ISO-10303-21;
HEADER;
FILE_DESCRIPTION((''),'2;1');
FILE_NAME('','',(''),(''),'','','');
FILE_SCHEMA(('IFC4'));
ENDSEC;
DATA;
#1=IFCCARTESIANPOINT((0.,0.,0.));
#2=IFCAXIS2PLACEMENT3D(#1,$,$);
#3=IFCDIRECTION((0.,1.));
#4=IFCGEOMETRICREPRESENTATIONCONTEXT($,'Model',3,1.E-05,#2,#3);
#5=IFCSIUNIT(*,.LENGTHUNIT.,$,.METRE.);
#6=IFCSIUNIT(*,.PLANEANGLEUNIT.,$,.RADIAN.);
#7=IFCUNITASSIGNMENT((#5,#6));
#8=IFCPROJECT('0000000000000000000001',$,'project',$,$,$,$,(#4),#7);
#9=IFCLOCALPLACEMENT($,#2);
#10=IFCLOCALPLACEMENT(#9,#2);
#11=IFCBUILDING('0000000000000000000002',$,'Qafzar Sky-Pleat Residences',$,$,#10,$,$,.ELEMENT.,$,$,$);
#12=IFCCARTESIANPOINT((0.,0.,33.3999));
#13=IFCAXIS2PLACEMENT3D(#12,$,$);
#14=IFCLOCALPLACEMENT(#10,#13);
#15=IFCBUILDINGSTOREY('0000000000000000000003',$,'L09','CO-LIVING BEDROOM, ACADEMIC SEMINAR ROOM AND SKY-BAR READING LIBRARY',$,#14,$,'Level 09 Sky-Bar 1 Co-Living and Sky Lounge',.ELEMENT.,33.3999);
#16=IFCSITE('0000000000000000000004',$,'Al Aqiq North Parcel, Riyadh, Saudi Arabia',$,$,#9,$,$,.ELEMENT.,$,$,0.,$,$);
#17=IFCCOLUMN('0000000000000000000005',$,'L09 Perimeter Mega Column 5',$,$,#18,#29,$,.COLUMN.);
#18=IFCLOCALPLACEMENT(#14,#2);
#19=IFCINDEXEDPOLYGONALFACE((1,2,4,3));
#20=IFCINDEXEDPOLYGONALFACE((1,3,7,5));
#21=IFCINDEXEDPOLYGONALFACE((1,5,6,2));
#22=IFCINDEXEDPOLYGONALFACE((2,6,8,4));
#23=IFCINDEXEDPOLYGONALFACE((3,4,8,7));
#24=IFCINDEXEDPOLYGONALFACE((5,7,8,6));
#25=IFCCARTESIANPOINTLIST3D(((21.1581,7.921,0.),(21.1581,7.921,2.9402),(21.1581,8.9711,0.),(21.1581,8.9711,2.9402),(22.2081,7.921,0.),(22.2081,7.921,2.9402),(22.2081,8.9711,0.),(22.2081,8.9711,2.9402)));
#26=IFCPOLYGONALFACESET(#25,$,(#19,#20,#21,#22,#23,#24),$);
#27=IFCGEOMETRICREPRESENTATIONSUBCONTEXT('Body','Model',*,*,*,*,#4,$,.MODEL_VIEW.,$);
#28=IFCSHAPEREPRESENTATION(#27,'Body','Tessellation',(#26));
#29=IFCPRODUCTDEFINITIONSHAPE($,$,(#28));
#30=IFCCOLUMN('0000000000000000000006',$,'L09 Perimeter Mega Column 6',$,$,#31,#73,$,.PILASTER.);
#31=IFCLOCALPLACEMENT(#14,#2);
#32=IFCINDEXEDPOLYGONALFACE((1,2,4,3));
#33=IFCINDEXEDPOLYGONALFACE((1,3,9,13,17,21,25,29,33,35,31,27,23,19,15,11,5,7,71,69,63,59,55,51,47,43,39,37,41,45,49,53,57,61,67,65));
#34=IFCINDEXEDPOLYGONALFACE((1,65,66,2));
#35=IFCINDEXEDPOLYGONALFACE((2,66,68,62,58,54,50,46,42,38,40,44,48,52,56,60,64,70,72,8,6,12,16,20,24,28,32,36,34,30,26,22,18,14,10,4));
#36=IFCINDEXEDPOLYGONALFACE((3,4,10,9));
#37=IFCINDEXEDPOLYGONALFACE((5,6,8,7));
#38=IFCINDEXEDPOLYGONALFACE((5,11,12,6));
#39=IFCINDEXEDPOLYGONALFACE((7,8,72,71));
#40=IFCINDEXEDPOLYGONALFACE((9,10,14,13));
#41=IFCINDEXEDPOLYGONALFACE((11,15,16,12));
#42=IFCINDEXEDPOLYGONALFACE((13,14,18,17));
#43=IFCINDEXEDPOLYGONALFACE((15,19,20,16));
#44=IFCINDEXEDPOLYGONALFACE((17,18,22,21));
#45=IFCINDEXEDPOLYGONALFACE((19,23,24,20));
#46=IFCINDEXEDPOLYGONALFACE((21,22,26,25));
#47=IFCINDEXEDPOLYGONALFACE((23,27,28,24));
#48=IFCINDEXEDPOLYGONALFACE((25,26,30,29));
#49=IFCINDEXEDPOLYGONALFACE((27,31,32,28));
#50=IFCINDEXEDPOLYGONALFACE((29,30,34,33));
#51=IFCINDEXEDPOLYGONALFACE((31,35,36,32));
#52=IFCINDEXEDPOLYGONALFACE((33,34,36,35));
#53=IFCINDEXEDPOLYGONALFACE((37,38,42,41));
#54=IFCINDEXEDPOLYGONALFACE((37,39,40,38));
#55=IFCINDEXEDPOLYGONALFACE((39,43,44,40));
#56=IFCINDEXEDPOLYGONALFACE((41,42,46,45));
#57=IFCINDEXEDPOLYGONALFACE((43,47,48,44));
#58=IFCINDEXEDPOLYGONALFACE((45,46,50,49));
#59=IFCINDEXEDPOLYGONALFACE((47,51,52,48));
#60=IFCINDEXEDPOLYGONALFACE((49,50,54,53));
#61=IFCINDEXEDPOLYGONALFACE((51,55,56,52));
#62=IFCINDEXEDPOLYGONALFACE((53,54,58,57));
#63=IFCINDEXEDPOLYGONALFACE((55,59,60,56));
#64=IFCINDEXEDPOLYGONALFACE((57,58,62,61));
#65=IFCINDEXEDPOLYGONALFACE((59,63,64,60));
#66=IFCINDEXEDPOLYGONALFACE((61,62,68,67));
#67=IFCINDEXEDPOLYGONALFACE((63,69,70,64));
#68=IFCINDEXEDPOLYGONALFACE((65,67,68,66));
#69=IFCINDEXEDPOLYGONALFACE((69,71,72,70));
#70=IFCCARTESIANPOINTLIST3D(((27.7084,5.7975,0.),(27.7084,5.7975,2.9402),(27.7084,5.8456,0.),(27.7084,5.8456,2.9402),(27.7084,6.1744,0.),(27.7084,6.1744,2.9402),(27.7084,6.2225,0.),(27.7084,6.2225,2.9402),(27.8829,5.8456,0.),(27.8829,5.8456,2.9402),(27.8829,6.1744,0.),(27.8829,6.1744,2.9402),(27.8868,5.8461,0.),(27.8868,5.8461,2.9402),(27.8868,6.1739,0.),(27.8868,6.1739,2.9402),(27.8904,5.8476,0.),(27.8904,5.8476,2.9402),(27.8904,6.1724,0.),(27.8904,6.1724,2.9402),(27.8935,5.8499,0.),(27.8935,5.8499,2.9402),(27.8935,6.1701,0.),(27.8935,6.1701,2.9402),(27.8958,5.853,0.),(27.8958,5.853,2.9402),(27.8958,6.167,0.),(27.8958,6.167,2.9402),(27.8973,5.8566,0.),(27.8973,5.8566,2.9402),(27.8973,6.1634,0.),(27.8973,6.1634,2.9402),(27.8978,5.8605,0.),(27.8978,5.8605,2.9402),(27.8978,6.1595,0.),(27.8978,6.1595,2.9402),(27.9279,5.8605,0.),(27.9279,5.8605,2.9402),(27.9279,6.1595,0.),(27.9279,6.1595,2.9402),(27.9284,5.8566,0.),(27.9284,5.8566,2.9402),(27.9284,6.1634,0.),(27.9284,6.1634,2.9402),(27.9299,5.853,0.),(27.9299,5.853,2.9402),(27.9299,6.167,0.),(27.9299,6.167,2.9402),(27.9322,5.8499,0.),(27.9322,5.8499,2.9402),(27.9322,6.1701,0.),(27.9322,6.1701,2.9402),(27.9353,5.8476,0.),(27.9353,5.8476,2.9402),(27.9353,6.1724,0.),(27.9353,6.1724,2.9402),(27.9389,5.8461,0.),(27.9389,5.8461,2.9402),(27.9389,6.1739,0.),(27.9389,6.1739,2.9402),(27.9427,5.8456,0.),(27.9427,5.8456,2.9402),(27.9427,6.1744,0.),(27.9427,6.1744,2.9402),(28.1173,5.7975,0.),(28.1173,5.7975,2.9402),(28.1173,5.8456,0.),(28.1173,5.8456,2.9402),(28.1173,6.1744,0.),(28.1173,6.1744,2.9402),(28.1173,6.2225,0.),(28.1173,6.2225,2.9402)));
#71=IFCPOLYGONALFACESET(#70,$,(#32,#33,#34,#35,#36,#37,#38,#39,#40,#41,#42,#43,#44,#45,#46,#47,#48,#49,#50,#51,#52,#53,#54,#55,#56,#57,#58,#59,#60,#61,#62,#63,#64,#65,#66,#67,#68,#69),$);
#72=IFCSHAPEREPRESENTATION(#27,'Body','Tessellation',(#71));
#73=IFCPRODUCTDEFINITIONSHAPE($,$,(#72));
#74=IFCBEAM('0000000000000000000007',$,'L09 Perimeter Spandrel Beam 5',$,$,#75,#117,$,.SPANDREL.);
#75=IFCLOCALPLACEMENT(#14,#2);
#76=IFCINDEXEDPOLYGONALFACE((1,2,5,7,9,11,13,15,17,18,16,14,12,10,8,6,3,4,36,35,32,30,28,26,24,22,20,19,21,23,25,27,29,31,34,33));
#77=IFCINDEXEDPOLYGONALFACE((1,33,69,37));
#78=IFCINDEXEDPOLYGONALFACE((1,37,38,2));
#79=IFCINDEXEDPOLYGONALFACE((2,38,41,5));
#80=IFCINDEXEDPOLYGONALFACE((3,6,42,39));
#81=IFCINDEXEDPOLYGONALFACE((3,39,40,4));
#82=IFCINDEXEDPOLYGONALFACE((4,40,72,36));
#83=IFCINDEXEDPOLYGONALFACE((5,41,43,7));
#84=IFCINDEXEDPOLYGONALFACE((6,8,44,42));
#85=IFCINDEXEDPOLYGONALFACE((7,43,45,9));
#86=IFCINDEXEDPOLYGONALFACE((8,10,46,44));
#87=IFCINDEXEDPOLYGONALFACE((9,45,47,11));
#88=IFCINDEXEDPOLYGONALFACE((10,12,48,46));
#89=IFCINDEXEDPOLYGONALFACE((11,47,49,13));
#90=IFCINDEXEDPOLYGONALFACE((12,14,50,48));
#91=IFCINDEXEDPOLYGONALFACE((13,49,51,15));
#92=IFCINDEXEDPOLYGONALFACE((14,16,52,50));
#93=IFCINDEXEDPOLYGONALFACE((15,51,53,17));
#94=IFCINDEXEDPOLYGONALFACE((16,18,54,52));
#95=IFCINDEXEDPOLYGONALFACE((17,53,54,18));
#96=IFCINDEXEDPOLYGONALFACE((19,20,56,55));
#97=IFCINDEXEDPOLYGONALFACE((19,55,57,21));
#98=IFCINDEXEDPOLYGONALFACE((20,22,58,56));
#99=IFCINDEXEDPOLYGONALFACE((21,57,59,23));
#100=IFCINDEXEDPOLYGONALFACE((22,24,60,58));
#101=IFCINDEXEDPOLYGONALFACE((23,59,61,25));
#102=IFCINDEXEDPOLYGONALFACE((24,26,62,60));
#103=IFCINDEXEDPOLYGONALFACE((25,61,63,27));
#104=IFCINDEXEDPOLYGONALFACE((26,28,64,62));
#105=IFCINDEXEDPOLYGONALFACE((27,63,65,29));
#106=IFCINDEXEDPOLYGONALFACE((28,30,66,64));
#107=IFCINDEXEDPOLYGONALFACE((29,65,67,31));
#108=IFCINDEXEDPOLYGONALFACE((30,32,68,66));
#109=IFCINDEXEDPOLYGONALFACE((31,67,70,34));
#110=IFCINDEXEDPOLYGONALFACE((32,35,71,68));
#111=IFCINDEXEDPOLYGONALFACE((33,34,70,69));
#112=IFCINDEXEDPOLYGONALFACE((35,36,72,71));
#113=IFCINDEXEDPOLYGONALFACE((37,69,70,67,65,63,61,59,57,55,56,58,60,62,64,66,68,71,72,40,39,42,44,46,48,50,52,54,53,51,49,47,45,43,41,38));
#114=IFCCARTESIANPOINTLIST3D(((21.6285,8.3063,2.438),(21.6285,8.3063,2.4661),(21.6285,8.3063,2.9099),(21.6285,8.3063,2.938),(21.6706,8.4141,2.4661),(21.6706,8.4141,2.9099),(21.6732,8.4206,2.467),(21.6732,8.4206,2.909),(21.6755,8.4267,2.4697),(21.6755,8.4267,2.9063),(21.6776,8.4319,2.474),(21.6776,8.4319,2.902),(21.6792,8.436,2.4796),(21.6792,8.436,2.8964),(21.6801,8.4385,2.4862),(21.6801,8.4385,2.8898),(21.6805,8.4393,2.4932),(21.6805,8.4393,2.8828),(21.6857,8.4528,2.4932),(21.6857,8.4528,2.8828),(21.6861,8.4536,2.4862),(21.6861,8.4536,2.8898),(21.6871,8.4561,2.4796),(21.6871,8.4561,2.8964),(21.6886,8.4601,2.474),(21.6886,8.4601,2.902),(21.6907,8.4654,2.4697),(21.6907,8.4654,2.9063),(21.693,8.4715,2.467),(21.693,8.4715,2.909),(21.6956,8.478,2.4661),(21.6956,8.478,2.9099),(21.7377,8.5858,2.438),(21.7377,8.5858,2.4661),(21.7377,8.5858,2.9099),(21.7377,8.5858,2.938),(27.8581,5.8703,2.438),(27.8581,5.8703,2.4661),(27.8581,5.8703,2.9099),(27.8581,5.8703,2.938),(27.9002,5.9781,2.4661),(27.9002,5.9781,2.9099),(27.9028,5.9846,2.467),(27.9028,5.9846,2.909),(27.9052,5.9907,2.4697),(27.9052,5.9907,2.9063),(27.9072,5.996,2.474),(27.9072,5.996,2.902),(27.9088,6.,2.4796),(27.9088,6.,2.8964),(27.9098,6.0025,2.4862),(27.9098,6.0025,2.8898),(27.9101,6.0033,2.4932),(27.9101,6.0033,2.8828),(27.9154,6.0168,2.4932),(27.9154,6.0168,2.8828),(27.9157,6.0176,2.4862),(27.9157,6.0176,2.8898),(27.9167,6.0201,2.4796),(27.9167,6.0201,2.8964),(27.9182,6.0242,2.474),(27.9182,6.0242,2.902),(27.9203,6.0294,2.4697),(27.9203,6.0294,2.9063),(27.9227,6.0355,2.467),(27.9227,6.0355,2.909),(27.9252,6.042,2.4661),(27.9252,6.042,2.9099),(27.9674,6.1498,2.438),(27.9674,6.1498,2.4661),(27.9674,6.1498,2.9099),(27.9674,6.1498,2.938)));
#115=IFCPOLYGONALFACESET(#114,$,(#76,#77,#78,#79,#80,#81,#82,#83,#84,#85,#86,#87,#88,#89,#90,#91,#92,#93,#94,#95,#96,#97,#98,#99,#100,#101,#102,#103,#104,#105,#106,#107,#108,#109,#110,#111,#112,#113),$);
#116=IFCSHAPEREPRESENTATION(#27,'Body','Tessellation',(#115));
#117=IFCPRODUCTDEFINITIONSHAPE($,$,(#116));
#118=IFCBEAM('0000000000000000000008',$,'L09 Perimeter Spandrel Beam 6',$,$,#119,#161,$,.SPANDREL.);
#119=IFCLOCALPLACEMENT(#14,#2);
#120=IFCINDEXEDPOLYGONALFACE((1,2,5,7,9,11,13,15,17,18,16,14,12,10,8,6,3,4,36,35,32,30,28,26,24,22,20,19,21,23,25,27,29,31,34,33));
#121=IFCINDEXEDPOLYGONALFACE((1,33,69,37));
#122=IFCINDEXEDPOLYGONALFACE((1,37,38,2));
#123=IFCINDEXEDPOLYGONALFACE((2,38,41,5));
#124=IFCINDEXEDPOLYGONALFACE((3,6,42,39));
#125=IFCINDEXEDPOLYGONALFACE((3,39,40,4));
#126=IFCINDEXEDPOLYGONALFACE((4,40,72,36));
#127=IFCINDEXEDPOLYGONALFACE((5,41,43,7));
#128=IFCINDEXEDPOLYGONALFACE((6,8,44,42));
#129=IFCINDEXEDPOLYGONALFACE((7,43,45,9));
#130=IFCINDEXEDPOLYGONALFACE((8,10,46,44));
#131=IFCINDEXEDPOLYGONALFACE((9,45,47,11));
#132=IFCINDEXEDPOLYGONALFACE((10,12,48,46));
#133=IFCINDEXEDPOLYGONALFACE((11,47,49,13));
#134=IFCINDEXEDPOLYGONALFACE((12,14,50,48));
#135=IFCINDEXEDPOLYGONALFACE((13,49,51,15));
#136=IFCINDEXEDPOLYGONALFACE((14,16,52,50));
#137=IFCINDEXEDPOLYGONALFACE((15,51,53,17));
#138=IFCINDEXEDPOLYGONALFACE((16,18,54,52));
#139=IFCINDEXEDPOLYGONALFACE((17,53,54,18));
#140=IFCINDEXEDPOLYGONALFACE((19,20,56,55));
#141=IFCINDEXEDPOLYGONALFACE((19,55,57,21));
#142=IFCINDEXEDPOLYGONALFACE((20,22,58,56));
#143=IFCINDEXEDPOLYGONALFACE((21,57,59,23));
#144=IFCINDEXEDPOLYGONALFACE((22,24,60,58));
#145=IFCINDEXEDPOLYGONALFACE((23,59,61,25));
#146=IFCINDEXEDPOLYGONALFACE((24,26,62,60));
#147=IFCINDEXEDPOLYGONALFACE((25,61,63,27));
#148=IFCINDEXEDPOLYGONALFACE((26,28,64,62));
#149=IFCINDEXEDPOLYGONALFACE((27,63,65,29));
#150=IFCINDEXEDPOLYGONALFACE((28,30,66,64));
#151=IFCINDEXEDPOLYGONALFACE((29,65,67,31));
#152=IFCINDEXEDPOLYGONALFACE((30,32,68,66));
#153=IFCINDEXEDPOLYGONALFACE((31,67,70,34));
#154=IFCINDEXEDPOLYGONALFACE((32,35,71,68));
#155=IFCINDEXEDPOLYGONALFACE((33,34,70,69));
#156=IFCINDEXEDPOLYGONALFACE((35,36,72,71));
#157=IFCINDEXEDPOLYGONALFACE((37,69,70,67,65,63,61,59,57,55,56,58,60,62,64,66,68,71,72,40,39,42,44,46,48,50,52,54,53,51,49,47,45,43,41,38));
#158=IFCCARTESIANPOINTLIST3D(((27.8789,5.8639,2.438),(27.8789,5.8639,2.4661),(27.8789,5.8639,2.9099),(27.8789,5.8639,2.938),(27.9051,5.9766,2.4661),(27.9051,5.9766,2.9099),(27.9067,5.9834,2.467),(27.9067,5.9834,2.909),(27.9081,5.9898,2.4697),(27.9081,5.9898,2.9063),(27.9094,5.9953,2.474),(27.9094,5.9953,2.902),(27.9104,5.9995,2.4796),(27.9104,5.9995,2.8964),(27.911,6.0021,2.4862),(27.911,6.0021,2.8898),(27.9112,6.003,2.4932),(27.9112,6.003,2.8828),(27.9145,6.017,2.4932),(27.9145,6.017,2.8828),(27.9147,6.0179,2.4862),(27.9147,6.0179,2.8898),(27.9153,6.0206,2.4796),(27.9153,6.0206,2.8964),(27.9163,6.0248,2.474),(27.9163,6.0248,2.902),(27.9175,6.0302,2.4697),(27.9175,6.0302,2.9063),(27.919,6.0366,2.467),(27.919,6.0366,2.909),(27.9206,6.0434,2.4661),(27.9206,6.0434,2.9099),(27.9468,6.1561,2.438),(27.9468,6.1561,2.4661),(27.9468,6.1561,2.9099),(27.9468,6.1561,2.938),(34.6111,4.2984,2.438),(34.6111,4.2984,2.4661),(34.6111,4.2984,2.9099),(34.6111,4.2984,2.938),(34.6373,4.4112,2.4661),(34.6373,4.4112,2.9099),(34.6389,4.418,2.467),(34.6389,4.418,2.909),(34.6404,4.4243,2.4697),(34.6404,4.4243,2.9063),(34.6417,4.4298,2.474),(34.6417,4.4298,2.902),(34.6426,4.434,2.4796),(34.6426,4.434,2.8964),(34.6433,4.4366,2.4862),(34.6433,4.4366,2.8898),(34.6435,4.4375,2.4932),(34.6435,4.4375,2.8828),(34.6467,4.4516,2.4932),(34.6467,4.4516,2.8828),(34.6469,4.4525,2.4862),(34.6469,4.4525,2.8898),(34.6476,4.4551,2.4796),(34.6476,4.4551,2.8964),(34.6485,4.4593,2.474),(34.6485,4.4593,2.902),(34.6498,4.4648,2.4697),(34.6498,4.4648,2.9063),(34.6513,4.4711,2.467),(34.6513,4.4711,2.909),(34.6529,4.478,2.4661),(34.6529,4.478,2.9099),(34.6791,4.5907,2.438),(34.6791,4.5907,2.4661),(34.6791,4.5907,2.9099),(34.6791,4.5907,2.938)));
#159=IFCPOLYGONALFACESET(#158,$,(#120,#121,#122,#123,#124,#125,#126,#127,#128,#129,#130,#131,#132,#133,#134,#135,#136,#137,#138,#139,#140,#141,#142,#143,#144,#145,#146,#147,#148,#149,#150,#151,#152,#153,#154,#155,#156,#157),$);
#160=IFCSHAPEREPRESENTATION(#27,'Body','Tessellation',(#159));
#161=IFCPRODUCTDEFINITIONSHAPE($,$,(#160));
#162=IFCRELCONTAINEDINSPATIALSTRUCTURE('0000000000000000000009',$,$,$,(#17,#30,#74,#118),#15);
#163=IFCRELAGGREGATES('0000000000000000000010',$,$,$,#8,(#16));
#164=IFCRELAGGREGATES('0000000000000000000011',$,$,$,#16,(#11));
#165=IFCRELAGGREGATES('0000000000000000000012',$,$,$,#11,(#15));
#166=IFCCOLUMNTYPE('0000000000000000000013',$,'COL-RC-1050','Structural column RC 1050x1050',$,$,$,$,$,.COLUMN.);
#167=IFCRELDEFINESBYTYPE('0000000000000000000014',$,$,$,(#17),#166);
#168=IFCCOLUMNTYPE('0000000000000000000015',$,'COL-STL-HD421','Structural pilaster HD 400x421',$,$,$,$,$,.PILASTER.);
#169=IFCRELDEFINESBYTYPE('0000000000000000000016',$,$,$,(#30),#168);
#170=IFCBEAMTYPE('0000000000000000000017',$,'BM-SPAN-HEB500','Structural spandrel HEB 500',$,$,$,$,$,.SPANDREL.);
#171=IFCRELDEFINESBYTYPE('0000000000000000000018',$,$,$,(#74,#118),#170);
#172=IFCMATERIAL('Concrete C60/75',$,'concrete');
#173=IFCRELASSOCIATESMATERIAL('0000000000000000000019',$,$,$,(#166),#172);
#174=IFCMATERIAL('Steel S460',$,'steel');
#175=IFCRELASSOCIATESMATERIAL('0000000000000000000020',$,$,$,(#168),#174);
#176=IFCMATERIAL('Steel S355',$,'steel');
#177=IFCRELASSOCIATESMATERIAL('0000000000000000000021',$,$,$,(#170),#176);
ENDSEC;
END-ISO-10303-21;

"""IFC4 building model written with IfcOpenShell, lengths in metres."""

from ifc_helpers import new_model, si_unit, direction, frame, origin, origin_2d, place, context, subcontext, project, spatial, rectangle, i_section, extrude, source, transform, mapped, material, material_profile, profile_set, type_object, element, save


model = new_model("IFC4")

# Units and contexts
model_context = context("Model", 3, precision=1e-05, world=origin(), true_north=direction((0.0, 1.0)))
body_context = subcontext(model_context, "Body", "Model", "MODEL_VIEW")
ifc_project = project(units=[si_unit("LENGTHUNIT", "METRE"), si_unit("PLANEANGLEUNIT", "RADIAN")], contexts=[model_context])

# Site, building, storey
site_placement = place(None, origin())
site = spatial("IfcSite", under=ifc_project, at=site_placement, Name="Al Aqiq North Parcel, Riyadh, Saudi Arabia", CompositionType="ELEMENT", RefElevation=0.0)
building_placement = place(site_placement, origin())
building = spatial("IfcBuilding", under=site, at=building_placement, Name="Qafzar Sky-Pleat Residences", CompositionType="ELEMENT")
storey_placement = place(building_placement, frame((0.0, 0.0, 33.3999)))
storey = spatial("IfcBuildingStorey", under=building, at=storey_placement, Name="L09", Description="CO-LIVING BEDROOM, ACADEMIC SEMINAR ROOM AND SKY-BAR READING LIBRARY", LongName="Level 09 Sky-Bar 1 Co-Living and Sky Lounge", CompositionType="ELEMENT", Elevation=33.3999)

# Columns
ifc_material_1 = material(Name="Concrete C60/75", Category="concrete")
ifc_material_profile_1 = material_profile(ifc_material_1, rectangle(XDim=1.05, YDim=1.05, at=origin_2d()), Name="RC 1050x1050")
ifc_profile_set_1 = profile_set([ifc_material_profile_1], Name="Concrete C60/75")
column_type_1 = type_object("IfcColumnType", Name="COL-RC-1050", Description="Structural column RC 1050x1050", PredefinedType="COLUMN", material=ifc_profile_set_1)
shared_shape_1 = source(origin(), body_context, "Body", "SweptSolid", [
    extrude(rectangle(XDim=1.05, YDim=1.05, at=origin_2d()), origin(), (0.0, 0.0, 1.0), 2.9402),
])
column_1_placement = place(storey_placement, frame((21.6831, 8.446, 0.0), z_axis=(0.0, 0.0, 1.0), x_axis=(1.0, 0.0, 0.0)))
element("IfcColumn", 1, at=column_1_placement, inside=storey, type_object=column_type_1, Name="L09 Perimeter Mega Column 5", PredefinedType="COLUMN", context=body_context, shape_type="MappedRepresentation", body=[
    mapped(shared_shape_1, transform((0.0, 0.0, 0.0), x_axis=(1.0, 0.0, 0.0), y_axis=(0.0, 1.0, 0.0), z_axis=(0.0, 0.0, 1.0), scale=1.0)),
])
ifc_material_2 = material(Name="Steel S460", Category="steel")
ifc_material_profile_2 = material_profile(ifc_material_2, i_section(OverallWidth=0.4089, OverallDepth=0.425, WebThickness=0.03, FlangeThickness=0.0481, FilletRadius=0.0149, at=origin_2d()), Name="HD 400x421")
ifc_profile_set_2 = profile_set([ifc_material_profile_2], Name="Steel S460")
column_type_2 = type_object("IfcColumnType", Name="COL-STL-HD421", Description="Structural pilaster HD 400x421", PredefinedType="PILASTER", material=ifc_profile_set_2)
shared_shape_2 = source(origin(), body_context, "Body", "SweptSolid", [
    extrude(i_section(OverallWidth=0.4089, OverallDepth=0.425, WebThickness=0.03, FlangeThickness=0.0481, FilletRadius=0.0149, at=origin_2d()), origin(), (0.0, 0.0, 1.0), 2.9402),
])
column_2_placement = place(storey_placement, frame((27.9128, 6.01, 0.0), z_axis=(0.0, 0.0, 1.0), x_axis=(1.0, 0.0, 0.0)))
element("IfcColumn", 2, at=column_2_placement, inside=storey, type_object=column_type_2, Name="L09 Perimeter Mega Column 6", PredefinedType="PILASTER", context=body_context, shape_type="MappedRepresentation", body=[
    mapped(shared_shape_2, transform((0.0, 0.0, 0.0), x_axis=(1.0, 0.0, 0.0), y_axis=(0.0, 1.0, 0.0), z_axis=(0.0, 0.0, 1.0), scale=1.0)),
])

# Beams
ifc_material_3 = material(Name="Steel S355", Category="steel")
ifc_material_profile_3 = material_profile(ifc_material_3, i_section(OverallWidth=0.3, OverallDepth=0.5, WebThickness=0.0144, FlangeThickness=0.0281, FilletRadius=0.0271, at=origin_2d()), Name="HEB 500")
ifc_profile_set_3 = profile_set([ifc_material_profile_3], Name="Steel S355")
beam_type_1 = type_object("IfcBeamType", Name="BM-SPAN-HEB500", Description="Structural spandrel HEB 500", PredefinedType="SPANDREL", material=ifc_profile_set_3)
shared_shape_3 = source(origin(), body_context, "Body", "SweptSolid", [
    extrude(i_section(OverallWidth=0.3, OverallDepth=0.5, WebThickness=0.0144, FlangeThickness=0.0281, FilletRadius=0.0271, at=origin_2d()), origin(), (0.0, 0.0, 1.0), 6.689),
])
beam_1_placement = place(storey_placement, frame((21.6831, 8.446, 2.688), z_axis=(0.931328, -0.364181, 0.0), x_axis=(0.364181, 0.931328, 0.0)))
element("IfcBeam", 3, at=beam_1_placement, inside=storey, type_object=beam_type_1, Name="L09 Perimeter Spandrel Beam 5", PredefinedType="SPANDREL", context=body_context, shape_type="MappedRepresentation", body=[
    mapped(shared_shape_3, transform((0.0, 0.0, 0.0), x_axis=(1.0, 0.0, 0.0), y_axis=(0.0, 1.0, 0.0), z_axis=(0.0, 0.0, 1.0), scale=1.0)),
])
shared_shape_4 = source(origin(), body_context, "Body", "SweptSolid", [
    extrude(i_section(OverallWidth=0.3, OverallDepth=0.5, WebThickness=0.0144, FlangeThickness=0.0281, FilletRadius=0.0271, at=origin_2d()), origin(), (0.0, 0.0, 1.0), 6.9119),
])
beam_2_placement = place(storey_placement, frame((27.9128, 6.01, 2.688), z_axis=(0.974014, -0.226487, 0.0), x_axis=(0.226487, 0.974014, 0.0)))
element("IfcBeam", 4, at=beam_2_placement, inside=storey, type_object=beam_type_1, Name="L09 Perimeter Spandrel Beam 6", PredefinedType="SPANDREL", context=body_context, shape_type="MappedRepresentation", body=[
    mapped(shared_shape_4, transform((0.0, 0.0, 0.0), x_axis=(1.0, 0.0, 0.0), y_axis=(0.0, 1.0, 0.0), z_axis=(0.0, 0.0, 1.0), scale=1.0)),
])

save(model, "model.ifc")
